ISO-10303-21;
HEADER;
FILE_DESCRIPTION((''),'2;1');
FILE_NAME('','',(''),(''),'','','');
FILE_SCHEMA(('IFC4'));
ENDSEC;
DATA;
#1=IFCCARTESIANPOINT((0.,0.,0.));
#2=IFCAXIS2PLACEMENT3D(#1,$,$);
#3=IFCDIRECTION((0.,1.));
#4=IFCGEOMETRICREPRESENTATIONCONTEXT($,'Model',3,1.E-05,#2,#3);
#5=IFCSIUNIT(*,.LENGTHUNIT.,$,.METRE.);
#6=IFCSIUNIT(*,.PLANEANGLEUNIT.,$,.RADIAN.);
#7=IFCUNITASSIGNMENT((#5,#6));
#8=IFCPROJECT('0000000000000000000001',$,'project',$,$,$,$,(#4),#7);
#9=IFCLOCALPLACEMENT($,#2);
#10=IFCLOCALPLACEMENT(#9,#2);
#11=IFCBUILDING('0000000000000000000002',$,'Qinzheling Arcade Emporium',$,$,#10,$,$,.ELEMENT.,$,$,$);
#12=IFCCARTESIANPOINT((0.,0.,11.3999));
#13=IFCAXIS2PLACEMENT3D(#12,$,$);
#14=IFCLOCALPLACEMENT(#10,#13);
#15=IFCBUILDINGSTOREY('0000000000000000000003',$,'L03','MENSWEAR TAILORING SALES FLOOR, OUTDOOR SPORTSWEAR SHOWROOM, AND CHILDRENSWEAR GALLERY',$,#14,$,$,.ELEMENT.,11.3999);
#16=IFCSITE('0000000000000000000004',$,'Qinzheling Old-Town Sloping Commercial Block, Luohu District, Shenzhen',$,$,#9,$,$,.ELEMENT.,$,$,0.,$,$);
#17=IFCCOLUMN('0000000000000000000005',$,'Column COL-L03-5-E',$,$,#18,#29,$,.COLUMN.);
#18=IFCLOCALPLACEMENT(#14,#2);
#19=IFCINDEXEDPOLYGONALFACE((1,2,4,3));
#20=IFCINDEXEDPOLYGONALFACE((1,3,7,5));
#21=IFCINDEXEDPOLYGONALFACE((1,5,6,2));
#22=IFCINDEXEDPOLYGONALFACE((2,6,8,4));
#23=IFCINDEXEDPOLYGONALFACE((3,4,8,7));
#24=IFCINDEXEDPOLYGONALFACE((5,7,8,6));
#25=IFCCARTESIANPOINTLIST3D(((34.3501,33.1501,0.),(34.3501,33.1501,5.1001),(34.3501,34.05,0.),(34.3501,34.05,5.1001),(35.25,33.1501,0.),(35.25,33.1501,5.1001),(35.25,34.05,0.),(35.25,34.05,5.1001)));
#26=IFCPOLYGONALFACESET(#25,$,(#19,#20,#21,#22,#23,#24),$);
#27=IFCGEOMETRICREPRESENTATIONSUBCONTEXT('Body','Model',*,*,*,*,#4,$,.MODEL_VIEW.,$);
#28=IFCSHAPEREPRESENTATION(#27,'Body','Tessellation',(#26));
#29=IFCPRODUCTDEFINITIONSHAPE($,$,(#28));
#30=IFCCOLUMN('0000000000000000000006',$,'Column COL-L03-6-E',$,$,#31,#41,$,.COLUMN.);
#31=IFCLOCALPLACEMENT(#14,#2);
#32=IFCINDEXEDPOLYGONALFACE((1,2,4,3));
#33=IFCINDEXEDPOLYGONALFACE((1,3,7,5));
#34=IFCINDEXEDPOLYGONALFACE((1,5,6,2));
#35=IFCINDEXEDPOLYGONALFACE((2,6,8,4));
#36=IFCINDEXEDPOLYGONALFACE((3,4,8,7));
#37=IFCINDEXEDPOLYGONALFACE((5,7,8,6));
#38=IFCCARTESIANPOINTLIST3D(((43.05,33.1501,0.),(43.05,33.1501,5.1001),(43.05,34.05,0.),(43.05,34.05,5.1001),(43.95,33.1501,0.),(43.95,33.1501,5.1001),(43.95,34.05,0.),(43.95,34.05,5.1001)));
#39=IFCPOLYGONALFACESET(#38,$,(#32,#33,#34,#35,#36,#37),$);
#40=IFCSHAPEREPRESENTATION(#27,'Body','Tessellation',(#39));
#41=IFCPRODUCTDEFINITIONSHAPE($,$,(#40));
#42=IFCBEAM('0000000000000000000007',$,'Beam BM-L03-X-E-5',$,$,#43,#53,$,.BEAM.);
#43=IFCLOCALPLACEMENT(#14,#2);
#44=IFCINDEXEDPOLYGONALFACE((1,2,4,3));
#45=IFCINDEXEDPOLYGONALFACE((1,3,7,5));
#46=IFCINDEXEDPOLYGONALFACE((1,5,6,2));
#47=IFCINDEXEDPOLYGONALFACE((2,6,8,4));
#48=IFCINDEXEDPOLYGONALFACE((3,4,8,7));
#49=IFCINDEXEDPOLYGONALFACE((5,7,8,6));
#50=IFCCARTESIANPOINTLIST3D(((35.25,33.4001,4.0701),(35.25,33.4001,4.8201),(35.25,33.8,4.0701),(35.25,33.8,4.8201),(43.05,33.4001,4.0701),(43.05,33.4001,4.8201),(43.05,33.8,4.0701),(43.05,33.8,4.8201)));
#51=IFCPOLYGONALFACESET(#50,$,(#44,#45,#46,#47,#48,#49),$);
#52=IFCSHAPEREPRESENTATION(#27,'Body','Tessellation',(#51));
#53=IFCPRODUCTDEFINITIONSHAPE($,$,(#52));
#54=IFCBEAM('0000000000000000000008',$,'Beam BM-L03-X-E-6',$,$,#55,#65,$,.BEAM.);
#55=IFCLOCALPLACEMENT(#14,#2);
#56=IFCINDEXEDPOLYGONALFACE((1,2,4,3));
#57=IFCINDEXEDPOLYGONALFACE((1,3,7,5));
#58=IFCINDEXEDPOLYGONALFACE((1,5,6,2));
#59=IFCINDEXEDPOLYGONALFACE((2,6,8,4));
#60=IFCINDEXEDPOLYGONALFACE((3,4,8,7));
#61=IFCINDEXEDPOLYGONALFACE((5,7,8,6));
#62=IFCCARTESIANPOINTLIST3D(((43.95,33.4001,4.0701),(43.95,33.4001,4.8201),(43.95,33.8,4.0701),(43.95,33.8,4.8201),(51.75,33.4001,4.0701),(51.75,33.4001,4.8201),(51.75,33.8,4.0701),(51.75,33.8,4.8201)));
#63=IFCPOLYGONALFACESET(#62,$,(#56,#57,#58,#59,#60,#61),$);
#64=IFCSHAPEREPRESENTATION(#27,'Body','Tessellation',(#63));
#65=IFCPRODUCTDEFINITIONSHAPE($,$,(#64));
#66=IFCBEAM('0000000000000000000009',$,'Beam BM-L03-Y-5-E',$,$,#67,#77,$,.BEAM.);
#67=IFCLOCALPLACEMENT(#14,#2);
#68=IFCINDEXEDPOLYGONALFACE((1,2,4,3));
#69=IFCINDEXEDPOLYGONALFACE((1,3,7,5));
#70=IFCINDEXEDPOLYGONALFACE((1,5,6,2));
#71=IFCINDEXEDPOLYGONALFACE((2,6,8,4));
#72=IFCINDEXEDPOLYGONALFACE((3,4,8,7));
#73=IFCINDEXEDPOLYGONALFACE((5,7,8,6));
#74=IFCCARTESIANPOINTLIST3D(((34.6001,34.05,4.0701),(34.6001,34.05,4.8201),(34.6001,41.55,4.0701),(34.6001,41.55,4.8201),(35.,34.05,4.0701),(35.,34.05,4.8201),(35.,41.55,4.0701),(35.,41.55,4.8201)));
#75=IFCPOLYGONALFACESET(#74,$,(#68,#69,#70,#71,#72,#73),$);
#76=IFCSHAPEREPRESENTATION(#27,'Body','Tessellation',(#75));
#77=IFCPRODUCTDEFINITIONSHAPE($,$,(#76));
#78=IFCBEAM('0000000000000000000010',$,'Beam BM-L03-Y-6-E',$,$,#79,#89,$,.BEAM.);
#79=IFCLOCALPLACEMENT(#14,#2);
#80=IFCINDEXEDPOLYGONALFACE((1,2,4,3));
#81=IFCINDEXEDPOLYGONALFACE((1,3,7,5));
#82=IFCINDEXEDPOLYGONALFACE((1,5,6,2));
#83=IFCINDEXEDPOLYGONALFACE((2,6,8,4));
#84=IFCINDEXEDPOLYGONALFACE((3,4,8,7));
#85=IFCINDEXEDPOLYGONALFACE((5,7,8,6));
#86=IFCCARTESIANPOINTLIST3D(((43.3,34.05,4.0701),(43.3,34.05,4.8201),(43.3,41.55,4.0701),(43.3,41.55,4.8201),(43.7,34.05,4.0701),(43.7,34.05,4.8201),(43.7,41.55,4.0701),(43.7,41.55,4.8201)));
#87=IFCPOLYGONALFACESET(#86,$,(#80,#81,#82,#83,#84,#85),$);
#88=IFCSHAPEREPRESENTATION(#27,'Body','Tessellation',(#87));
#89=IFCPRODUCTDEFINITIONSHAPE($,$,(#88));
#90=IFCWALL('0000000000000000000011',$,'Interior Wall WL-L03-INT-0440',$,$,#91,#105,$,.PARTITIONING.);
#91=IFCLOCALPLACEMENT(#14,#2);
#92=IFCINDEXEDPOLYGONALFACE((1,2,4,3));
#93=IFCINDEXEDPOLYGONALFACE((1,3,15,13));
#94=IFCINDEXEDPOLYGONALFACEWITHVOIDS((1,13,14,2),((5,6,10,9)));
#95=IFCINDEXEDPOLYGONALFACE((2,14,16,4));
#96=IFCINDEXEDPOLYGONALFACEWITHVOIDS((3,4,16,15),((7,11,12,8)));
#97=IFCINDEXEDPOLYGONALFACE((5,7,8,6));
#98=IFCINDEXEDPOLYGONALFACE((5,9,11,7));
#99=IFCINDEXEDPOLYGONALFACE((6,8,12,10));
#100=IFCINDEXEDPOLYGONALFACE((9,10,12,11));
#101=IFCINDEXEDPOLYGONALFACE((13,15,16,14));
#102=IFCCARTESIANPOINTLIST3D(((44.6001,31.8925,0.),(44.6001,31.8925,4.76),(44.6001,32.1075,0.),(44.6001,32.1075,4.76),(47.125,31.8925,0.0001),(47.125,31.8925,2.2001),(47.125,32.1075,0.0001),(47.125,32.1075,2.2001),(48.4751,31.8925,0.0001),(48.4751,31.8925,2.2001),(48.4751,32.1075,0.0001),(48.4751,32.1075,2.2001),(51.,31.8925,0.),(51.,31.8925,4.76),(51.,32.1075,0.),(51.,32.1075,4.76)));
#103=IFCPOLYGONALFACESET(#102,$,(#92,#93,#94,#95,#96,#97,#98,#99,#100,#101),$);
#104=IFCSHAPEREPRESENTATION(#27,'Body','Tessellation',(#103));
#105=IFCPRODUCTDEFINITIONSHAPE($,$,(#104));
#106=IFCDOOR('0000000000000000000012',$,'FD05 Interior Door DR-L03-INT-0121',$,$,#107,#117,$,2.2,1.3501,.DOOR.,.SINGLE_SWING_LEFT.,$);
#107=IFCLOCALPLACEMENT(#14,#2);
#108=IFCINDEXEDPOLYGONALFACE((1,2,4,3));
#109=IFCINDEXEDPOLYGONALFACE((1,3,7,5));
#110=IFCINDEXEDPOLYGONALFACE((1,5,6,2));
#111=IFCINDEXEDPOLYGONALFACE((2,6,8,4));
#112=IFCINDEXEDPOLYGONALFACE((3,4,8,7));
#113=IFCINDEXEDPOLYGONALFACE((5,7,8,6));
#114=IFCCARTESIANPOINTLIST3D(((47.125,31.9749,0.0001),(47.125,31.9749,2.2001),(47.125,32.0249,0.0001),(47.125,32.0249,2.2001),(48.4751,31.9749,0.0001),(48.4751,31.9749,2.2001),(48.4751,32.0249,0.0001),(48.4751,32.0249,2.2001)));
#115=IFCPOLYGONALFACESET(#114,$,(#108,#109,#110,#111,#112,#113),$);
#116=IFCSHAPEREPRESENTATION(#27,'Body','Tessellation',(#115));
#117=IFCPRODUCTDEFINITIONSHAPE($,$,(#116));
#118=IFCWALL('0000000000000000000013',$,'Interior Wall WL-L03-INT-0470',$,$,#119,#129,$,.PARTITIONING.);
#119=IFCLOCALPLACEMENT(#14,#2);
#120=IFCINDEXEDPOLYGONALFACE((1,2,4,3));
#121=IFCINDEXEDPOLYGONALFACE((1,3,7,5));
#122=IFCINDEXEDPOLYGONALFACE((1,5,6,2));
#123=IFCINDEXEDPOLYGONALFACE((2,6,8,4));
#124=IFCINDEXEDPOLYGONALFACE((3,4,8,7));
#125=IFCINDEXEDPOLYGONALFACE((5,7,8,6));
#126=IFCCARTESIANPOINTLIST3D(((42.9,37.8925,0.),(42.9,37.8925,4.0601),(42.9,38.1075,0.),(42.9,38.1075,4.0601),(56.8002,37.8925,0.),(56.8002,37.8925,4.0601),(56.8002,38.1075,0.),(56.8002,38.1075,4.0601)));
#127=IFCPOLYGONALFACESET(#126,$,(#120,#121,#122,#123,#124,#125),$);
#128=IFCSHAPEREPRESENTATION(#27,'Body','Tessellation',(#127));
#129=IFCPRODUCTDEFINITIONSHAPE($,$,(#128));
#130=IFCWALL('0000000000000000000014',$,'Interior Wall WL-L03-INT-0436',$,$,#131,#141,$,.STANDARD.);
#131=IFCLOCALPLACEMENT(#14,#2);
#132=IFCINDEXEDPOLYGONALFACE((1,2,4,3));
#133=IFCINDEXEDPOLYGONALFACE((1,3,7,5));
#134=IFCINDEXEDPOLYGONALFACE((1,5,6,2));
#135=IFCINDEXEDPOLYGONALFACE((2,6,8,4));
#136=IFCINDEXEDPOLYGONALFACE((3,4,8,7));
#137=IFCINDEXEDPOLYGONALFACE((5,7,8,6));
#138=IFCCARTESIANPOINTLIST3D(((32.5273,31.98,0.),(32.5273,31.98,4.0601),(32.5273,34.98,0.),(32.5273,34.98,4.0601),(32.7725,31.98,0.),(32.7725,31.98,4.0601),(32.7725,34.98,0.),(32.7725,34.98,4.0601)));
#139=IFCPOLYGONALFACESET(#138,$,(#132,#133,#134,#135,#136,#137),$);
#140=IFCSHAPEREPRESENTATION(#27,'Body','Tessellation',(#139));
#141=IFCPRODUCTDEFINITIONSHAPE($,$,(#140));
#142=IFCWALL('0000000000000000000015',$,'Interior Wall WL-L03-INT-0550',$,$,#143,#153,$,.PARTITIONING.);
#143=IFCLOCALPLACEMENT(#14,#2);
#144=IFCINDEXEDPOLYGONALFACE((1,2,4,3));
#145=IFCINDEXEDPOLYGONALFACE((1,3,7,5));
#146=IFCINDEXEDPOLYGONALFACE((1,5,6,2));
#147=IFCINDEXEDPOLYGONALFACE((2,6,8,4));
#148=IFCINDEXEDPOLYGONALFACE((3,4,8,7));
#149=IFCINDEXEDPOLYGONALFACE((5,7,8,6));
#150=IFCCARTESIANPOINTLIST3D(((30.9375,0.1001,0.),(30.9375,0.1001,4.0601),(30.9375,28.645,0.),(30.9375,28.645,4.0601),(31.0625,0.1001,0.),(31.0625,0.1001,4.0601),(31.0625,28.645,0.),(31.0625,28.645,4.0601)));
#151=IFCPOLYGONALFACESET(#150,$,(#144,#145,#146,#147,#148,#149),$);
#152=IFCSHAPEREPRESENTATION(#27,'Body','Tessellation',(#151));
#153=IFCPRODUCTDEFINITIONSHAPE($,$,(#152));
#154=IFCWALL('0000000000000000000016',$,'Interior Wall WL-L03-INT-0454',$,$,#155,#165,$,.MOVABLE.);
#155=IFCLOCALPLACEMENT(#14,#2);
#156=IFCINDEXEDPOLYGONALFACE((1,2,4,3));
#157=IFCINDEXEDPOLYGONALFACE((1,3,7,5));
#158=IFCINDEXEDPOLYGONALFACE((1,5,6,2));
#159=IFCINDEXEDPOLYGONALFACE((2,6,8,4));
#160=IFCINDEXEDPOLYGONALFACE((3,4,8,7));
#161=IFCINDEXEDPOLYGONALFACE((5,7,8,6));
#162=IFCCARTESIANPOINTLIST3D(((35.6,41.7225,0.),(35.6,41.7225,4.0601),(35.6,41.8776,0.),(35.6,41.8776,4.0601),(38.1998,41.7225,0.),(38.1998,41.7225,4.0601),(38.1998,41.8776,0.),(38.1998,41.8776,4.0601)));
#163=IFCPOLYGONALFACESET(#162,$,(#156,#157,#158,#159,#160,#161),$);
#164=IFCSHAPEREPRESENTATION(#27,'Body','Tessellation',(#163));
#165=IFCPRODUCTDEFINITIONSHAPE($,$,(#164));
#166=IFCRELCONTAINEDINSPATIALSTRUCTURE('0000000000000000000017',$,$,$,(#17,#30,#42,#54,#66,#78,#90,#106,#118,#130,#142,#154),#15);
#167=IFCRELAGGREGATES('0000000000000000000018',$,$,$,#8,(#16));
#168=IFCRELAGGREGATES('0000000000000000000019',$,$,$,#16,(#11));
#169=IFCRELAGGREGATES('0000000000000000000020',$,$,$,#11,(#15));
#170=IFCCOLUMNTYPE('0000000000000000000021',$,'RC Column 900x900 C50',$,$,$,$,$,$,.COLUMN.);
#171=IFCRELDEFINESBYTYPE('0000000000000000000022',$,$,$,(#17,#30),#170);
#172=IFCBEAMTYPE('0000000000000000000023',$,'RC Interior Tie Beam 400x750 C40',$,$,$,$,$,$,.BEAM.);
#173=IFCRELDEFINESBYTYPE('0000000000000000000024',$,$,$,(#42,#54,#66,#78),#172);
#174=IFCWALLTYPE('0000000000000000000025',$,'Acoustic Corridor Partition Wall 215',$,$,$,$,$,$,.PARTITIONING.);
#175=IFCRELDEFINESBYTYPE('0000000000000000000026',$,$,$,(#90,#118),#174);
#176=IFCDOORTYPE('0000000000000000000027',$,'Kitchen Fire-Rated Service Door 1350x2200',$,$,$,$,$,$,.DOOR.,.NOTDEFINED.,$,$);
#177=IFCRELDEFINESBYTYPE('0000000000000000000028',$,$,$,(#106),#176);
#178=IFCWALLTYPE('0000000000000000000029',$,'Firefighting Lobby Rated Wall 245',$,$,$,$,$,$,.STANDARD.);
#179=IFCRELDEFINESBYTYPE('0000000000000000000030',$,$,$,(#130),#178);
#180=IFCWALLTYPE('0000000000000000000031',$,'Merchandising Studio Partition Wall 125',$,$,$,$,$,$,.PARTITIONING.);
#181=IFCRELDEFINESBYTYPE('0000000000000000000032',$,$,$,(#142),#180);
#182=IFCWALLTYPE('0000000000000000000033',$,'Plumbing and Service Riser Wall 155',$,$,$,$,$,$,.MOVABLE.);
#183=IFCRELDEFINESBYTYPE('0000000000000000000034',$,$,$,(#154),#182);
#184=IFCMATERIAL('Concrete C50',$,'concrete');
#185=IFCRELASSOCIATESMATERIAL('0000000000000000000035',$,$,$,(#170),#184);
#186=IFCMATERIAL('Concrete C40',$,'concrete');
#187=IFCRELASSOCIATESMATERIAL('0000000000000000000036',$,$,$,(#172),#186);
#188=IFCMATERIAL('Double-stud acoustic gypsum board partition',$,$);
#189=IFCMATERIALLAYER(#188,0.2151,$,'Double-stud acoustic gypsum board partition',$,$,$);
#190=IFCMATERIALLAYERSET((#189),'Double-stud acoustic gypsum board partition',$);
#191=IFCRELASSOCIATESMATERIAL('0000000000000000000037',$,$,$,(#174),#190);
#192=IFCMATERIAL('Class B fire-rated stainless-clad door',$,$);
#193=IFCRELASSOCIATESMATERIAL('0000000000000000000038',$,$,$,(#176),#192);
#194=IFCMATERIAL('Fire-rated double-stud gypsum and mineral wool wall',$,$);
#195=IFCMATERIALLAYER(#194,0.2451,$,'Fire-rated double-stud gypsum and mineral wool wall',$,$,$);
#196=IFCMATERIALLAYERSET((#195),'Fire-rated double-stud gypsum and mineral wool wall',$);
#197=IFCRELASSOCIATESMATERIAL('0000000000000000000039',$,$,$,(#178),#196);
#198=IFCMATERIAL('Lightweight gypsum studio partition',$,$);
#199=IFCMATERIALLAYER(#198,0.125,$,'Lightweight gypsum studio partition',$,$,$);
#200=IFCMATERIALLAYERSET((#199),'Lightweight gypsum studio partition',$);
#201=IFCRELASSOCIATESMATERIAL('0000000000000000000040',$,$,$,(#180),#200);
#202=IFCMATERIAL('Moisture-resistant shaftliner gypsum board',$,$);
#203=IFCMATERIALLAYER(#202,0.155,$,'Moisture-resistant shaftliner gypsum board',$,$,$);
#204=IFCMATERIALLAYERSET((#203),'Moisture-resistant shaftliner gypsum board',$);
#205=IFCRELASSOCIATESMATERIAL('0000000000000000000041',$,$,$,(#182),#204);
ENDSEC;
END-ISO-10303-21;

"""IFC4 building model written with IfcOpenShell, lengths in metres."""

from ifc_helpers import new_model, si_unit, direction, frame, frame_2d, origin, origin_2d, place, context, subcontext, project, spatial, rectangle, extrude, material, layer, layer_set, material_profile, profile_set, type_object, element, fill, save


model = new_model("IFC4")

# Units and contexts
model_context = context("Model", 3, precision=1e-05, world=origin(), true_north=direction((0.0, 1.0)))
body_context = subcontext(model_context, "Body", "Model", "MODEL_VIEW")
ifc_project = project(units=[si_unit("LENGTHUNIT", "METRE"), si_unit("PLANEANGLEUNIT", "RADIAN")], contexts=[model_context])

# Site, building, storey
site_placement = place(None, origin())
site = spatial("IfcSite", under=ifc_project, at=site_placement, Name="Qinzheling Old-Town Sloping Commercial Block, Luohu District, Shenzhen", CompositionType="ELEMENT", RefElevation=0.0)
building_placement = place(site_placement, origin())
building = spatial("IfcBuilding", under=site, at=building_placement, Name="Qinzheling Arcade Emporium", CompositionType="ELEMENT")
storey_placement = place(building_placement, frame((0.0, 0.0, 11.3999)))
storey = spatial("IfcBuildingStorey", under=building, at=storey_placement, Name="L03", Description="MENSWEAR TAILORING SALES FLOOR, OUTDOOR SPORTSWEAR SHOWROOM, AND CHILDRENSWEAR GALLERY", CompositionType="ELEMENT", Elevation=11.3999)

# Columns
ifc_material_1 = material(Name="Concrete C50", Category="concrete")
ifc_material_profile_1 = material_profile(ifc_material_1, rectangle(XDim=0.8999, YDim=0.8999, at=origin_2d()), Name="RC 900x900", Category="concrete")
ifc_profile_set_1 = profile_set([ifc_material_profile_1], Name="Concrete C50")
column_type = type_object("IfcColumnType", Name="RC Column 900x900 C50", PredefinedType="COLUMN", material=ifc_profile_set_1)
for number, where, z_axis, x_axis, name in (
    (1, (34.8, 33.6001, 0.0), (0.0, 0.0, 1.0), (1.0, 0.0, 0.0), "Column COL-L03-5-E"),
    (2, (43.5, 33.6001, 0.0), (0.0, 0.0, 1.0), (1.0, 0.0, 0.0), "Column COL-L03-6-E"),
):
    element("IfcColumn", number, at=place(storey_placement, frame(where, z_axis=z_axis, x_axis=x_axis)), inside=storey, type_object=column_type, Name=name, PredefinedType="COLUMN", context=body_context, shape_type="SweptSolid", body=[
        extrude(rectangle(XDim=0.8999, YDim=0.8999, at=origin_2d()), origin(), (0.0, 0.0, 1.0), 5.1001),
    ])

# Beams
ifc_material_2 = material(Name="Concrete C40", Category="concrete")
ifc_material_profile_2 = material_profile(ifc_material_2, rectangle(XDim=0.3999, YDim=0.75, at=origin_2d()), Name="RC 400x750", Category="concrete")
ifc_profile_set_2 = profile_set([ifc_material_profile_2], Name="Concrete C40")
beam_type = type_object("IfcBeamType", Name="RC Interior Tie Beam 400x750 C40", PredefinedType="BEAM", material=ifc_profile_set_2)
for number, where, z_axis, x_axis, name in (
    (3, (35.25, 33.6001, 4.4451), (1.0, 0.0, 0.0), (0.0, 1.0, 0.0), "Beam BM-L03-X-E-5"),
    (4, (43.95, 33.6001, 4.4451), (1.0, 0.0, 0.0), (0.0, 1.0, 0.0), "Beam BM-L03-X-E-6"),
):
    element("IfcBeam", number, at=place(storey_placement, frame(where, z_axis=z_axis, x_axis=x_axis)), inside=storey, type_object=beam_type, Name=name, PredefinedType="BEAM", context=body_context, shape_type="SweptSolid", body=[
        extrude(rectangle(XDim=0.3999, YDim=0.75, at=origin_2d()), origin(), (0.0, 0.0, 1.0), 7.8),
    ])
for number, where, z_axis, x_axis, name in (
    (5, (34.8, 34.05, 4.4451), (0.0, 1.0, 0.0), (-1.0, 0.0, 0.0), "Beam BM-L03-Y-5-E"),
    (6, (43.5, 34.05, 4.4451), (0.0, 1.0, 0.0), (-1.0, 0.0, 0.0), "Beam BM-L03-Y-6-E"),
):
    element("IfcBeam", number, at=place(storey_placement, frame(where, z_axis=z_axis, x_axis=x_axis)), inside=storey, type_object=beam_type, Name=name, PredefinedType="BEAM", context=body_context, shape_type="SweptSolid", body=[
        extrude(rectangle(XDim=0.3999, YDim=0.75, at=origin_2d()), origin(), (0.0, 0.0, 1.0), 7.5),
    ])

# Wall, opening, door
ifc_material_3 = material(Name="Double-stud acoustic gypsum board partition")
ifc_layer_1 = layer(ifc_material_3, 0.2151, Name="Double-stud acoustic gypsum board partition")
ifc_layer_set_1 = layer_set([ifc_layer_1], Name="Double-stud acoustic gypsum board partition")
wall_type_1 = type_object("IfcWallType", Name="Acoustic Corridor Partition Wall 215", PredefinedType="PARTITIONING", material=ifc_layer_set_1)
wall_1_placement = place(storey_placement, frame((44.6001, 32.0, 0.0), z_axis=(0.0, 0.0, 1.0), x_axis=(1.0, 0.0, 0.0)))
wall_1 = element("IfcWall", 7, at=wall_1_placement, inside=storey, type_object=wall_type_1, Name="Interior Wall WL-L03-INT-0440", PredefinedType="PARTITIONING", context=body_context, shape_type="SweptSolid", body=[
    extrude(rectangle(XDim=6.3999, YDim=0.2151, at=frame_2d((3.2, 0.0))), origin(), (0.0, 0.0, 1.0), 4.76),
])
opening_1_placement = place(wall_1_placement, frame((2.5249, 0.0, 0.0)))
opening_1 = element("IfcOpeningElement", 8, at=opening_1_placement, cuts=wall_1, PredefinedType="OPENING", context=body_context, shape_type="SweptSolid", body=[
    extrude(rectangle(XDim=1.3501, YDim=2.2, at=frame_2d((0.675, 1.1001))), frame((0.0, 0.1177, 0.0), z_axis=(0.0, -1.0, 0.0), x_axis=(1.0, 0.0, 0.0)), (0.0, 0.0, 1.0), 0.2351),
])
ifc_material_4 = material(Name="Class B fire-rated stainless-clad door")
door_type_1 = type_object("IfcDoorType", Name="Kitchen Fire-Rated Service Door 1350x2200", OperationType="NOTDEFINED", PredefinedType="DOOR", material=ifc_material_4)
door_1_placement = place(opening_1_placement, origin())
door_1 = element("IfcDoor", 9, at=door_1_placement, inside=storey, type_object=door_type_1, Name="FD05 Interior Door DR-L03-INT-0121", OperationType="SINGLE_SWING_LEFT", OverallHeight=2.2, OverallWidth=1.3501, PredefinedType="DOOR", context=body_context, shape_type="SweptSolid", body=[
    extrude(rectangle(XDim=1.3501, YDim=2.2, at=frame_2d((0.675, 1.1001))), frame((0.0, 0.0249, 0.0), z_axis=(0.0, -1.0, 0.0), x_axis=(1.0, 0.0, 0.0)), (0.0, 0.0, 1.0), 0.05),
])
fill(opening_1, door_1)

# Walls
wall_2_placement = place(storey_placement, frame((42.8999, 38.0, 0.0), z_axis=(0.0, 0.0, 1.0), x_axis=(1.0, 0.0, 0.0)))
element("IfcWall", 10, at=wall_2_placement, inside=storey, type_object=wall_type_1, Name="Interior Wall WL-L03-INT-0470", PredefinedType="PARTITIONING", context=body_context, shape_type="SweptSolid", body=[
    extrude(rectangle(XDim=13.9001, YDim=0.2151, at=frame_2d((6.9502, 0.0))), origin(), (0.0, 0.0, 1.0), 4.0601),
])
ifc_material_5 = material(Name="Fire-rated double-stud gypsum and mineral wool wall")
ifc_layer_2 = layer(ifc_material_5, 0.2451, Name="Fire-rated double-stud gypsum and mineral wool wall")
ifc_layer_set_2 = layer_set([ifc_layer_2], Name="Fire-rated double-stud gypsum and mineral wool wall")
wall_type_2 = type_object("IfcWallType", Name="Firefighting Lobby Rated Wall 245", PredefinedType="STANDARD", material=ifc_layer_set_2)
wall_3_placement = place(storey_placement, frame((32.6499, 34.98, 0.0), z_axis=(0.0, 0.0, 1.0), x_axis=(0.0, -1.0, 0.0)))
element("IfcWall", 11, at=wall_3_placement, inside=storey, type_object=wall_type_2, Name="Interior Wall WL-L03-INT-0436", PredefinedType="STANDARD", context=body_context, shape_type="SweptSolid", body=[
    extrude(rectangle(XDim=3.0, YDim=0.2451, at=frame_2d((1.5, 0.0))), origin(), (0.0, 0.0, 1.0), 4.0601),
])
ifc_material_6 = material(Name="Lightweight gypsum studio partition")
ifc_layer_3 = layer(ifc_material_6, 0.125, Name="Lightweight gypsum studio partition")
ifc_layer_set_3 = layer_set([ifc_layer_3], Name="Lightweight gypsum studio partition")
wall_type_3 = type_object("IfcWallType", Name="Merchandising Studio Partition Wall 125", PredefinedType="PARTITIONING", material=ifc_layer_set_3)
wall_4_placement = place(storey_placement, frame((31.0, 28.645, 0.0), z_axis=(0.0, 0.0, 1.0), x_axis=(0.0, -1.0, 0.0)))
element("IfcWall", 12, at=wall_4_placement, inside=storey, type_object=wall_type_3, Name="Interior Wall WL-L03-INT-0550", PredefinedType="PARTITIONING", context=body_context, shape_type="SweptSolid", body=[
    extrude(rectangle(XDim=28.5449, YDim=0.125, at=frame_2d((14.2725, 0.0))), origin(), (0.0, 0.0, 1.0), 4.0601),
])
ifc_material_7 = material(Name="Moisture-resistant shaftliner gypsum board")
ifc_layer_4 = layer(ifc_material_7, 0.155, Name="Moisture-resistant shaftliner gypsum board")
ifc_layer_set_4 = layer_set([ifc_layer_4], Name="Moisture-resistant shaftliner gypsum board")
wall_type_4 = type_object("IfcWallType", Name="Plumbing and Service Riser Wall 155", PredefinedType="MOVABLE", material=ifc_layer_set_4)
wall_5_placement = place(storey_placement, frame((35.6001, 41.8, 0.0), z_axis=(0.0, 0.0, 1.0), x_axis=(1.0, 0.0, 0.0)))
element("IfcWall", 13, at=wall_5_placement, inside=storey, type_object=wall_type_4, Name="Interior Wall WL-L03-INT-0454", PredefinedType="MOVABLE", context=body_context, shape_type="SweptSolid", body=[
    extrude(rectangle(XDim=2.5999, YDim=0.155, at=frame_2d((1.2998, 0.0))), origin(), (0.0, 0.0, 1.0), 4.0601),
])

save(model, "model.ifc")
